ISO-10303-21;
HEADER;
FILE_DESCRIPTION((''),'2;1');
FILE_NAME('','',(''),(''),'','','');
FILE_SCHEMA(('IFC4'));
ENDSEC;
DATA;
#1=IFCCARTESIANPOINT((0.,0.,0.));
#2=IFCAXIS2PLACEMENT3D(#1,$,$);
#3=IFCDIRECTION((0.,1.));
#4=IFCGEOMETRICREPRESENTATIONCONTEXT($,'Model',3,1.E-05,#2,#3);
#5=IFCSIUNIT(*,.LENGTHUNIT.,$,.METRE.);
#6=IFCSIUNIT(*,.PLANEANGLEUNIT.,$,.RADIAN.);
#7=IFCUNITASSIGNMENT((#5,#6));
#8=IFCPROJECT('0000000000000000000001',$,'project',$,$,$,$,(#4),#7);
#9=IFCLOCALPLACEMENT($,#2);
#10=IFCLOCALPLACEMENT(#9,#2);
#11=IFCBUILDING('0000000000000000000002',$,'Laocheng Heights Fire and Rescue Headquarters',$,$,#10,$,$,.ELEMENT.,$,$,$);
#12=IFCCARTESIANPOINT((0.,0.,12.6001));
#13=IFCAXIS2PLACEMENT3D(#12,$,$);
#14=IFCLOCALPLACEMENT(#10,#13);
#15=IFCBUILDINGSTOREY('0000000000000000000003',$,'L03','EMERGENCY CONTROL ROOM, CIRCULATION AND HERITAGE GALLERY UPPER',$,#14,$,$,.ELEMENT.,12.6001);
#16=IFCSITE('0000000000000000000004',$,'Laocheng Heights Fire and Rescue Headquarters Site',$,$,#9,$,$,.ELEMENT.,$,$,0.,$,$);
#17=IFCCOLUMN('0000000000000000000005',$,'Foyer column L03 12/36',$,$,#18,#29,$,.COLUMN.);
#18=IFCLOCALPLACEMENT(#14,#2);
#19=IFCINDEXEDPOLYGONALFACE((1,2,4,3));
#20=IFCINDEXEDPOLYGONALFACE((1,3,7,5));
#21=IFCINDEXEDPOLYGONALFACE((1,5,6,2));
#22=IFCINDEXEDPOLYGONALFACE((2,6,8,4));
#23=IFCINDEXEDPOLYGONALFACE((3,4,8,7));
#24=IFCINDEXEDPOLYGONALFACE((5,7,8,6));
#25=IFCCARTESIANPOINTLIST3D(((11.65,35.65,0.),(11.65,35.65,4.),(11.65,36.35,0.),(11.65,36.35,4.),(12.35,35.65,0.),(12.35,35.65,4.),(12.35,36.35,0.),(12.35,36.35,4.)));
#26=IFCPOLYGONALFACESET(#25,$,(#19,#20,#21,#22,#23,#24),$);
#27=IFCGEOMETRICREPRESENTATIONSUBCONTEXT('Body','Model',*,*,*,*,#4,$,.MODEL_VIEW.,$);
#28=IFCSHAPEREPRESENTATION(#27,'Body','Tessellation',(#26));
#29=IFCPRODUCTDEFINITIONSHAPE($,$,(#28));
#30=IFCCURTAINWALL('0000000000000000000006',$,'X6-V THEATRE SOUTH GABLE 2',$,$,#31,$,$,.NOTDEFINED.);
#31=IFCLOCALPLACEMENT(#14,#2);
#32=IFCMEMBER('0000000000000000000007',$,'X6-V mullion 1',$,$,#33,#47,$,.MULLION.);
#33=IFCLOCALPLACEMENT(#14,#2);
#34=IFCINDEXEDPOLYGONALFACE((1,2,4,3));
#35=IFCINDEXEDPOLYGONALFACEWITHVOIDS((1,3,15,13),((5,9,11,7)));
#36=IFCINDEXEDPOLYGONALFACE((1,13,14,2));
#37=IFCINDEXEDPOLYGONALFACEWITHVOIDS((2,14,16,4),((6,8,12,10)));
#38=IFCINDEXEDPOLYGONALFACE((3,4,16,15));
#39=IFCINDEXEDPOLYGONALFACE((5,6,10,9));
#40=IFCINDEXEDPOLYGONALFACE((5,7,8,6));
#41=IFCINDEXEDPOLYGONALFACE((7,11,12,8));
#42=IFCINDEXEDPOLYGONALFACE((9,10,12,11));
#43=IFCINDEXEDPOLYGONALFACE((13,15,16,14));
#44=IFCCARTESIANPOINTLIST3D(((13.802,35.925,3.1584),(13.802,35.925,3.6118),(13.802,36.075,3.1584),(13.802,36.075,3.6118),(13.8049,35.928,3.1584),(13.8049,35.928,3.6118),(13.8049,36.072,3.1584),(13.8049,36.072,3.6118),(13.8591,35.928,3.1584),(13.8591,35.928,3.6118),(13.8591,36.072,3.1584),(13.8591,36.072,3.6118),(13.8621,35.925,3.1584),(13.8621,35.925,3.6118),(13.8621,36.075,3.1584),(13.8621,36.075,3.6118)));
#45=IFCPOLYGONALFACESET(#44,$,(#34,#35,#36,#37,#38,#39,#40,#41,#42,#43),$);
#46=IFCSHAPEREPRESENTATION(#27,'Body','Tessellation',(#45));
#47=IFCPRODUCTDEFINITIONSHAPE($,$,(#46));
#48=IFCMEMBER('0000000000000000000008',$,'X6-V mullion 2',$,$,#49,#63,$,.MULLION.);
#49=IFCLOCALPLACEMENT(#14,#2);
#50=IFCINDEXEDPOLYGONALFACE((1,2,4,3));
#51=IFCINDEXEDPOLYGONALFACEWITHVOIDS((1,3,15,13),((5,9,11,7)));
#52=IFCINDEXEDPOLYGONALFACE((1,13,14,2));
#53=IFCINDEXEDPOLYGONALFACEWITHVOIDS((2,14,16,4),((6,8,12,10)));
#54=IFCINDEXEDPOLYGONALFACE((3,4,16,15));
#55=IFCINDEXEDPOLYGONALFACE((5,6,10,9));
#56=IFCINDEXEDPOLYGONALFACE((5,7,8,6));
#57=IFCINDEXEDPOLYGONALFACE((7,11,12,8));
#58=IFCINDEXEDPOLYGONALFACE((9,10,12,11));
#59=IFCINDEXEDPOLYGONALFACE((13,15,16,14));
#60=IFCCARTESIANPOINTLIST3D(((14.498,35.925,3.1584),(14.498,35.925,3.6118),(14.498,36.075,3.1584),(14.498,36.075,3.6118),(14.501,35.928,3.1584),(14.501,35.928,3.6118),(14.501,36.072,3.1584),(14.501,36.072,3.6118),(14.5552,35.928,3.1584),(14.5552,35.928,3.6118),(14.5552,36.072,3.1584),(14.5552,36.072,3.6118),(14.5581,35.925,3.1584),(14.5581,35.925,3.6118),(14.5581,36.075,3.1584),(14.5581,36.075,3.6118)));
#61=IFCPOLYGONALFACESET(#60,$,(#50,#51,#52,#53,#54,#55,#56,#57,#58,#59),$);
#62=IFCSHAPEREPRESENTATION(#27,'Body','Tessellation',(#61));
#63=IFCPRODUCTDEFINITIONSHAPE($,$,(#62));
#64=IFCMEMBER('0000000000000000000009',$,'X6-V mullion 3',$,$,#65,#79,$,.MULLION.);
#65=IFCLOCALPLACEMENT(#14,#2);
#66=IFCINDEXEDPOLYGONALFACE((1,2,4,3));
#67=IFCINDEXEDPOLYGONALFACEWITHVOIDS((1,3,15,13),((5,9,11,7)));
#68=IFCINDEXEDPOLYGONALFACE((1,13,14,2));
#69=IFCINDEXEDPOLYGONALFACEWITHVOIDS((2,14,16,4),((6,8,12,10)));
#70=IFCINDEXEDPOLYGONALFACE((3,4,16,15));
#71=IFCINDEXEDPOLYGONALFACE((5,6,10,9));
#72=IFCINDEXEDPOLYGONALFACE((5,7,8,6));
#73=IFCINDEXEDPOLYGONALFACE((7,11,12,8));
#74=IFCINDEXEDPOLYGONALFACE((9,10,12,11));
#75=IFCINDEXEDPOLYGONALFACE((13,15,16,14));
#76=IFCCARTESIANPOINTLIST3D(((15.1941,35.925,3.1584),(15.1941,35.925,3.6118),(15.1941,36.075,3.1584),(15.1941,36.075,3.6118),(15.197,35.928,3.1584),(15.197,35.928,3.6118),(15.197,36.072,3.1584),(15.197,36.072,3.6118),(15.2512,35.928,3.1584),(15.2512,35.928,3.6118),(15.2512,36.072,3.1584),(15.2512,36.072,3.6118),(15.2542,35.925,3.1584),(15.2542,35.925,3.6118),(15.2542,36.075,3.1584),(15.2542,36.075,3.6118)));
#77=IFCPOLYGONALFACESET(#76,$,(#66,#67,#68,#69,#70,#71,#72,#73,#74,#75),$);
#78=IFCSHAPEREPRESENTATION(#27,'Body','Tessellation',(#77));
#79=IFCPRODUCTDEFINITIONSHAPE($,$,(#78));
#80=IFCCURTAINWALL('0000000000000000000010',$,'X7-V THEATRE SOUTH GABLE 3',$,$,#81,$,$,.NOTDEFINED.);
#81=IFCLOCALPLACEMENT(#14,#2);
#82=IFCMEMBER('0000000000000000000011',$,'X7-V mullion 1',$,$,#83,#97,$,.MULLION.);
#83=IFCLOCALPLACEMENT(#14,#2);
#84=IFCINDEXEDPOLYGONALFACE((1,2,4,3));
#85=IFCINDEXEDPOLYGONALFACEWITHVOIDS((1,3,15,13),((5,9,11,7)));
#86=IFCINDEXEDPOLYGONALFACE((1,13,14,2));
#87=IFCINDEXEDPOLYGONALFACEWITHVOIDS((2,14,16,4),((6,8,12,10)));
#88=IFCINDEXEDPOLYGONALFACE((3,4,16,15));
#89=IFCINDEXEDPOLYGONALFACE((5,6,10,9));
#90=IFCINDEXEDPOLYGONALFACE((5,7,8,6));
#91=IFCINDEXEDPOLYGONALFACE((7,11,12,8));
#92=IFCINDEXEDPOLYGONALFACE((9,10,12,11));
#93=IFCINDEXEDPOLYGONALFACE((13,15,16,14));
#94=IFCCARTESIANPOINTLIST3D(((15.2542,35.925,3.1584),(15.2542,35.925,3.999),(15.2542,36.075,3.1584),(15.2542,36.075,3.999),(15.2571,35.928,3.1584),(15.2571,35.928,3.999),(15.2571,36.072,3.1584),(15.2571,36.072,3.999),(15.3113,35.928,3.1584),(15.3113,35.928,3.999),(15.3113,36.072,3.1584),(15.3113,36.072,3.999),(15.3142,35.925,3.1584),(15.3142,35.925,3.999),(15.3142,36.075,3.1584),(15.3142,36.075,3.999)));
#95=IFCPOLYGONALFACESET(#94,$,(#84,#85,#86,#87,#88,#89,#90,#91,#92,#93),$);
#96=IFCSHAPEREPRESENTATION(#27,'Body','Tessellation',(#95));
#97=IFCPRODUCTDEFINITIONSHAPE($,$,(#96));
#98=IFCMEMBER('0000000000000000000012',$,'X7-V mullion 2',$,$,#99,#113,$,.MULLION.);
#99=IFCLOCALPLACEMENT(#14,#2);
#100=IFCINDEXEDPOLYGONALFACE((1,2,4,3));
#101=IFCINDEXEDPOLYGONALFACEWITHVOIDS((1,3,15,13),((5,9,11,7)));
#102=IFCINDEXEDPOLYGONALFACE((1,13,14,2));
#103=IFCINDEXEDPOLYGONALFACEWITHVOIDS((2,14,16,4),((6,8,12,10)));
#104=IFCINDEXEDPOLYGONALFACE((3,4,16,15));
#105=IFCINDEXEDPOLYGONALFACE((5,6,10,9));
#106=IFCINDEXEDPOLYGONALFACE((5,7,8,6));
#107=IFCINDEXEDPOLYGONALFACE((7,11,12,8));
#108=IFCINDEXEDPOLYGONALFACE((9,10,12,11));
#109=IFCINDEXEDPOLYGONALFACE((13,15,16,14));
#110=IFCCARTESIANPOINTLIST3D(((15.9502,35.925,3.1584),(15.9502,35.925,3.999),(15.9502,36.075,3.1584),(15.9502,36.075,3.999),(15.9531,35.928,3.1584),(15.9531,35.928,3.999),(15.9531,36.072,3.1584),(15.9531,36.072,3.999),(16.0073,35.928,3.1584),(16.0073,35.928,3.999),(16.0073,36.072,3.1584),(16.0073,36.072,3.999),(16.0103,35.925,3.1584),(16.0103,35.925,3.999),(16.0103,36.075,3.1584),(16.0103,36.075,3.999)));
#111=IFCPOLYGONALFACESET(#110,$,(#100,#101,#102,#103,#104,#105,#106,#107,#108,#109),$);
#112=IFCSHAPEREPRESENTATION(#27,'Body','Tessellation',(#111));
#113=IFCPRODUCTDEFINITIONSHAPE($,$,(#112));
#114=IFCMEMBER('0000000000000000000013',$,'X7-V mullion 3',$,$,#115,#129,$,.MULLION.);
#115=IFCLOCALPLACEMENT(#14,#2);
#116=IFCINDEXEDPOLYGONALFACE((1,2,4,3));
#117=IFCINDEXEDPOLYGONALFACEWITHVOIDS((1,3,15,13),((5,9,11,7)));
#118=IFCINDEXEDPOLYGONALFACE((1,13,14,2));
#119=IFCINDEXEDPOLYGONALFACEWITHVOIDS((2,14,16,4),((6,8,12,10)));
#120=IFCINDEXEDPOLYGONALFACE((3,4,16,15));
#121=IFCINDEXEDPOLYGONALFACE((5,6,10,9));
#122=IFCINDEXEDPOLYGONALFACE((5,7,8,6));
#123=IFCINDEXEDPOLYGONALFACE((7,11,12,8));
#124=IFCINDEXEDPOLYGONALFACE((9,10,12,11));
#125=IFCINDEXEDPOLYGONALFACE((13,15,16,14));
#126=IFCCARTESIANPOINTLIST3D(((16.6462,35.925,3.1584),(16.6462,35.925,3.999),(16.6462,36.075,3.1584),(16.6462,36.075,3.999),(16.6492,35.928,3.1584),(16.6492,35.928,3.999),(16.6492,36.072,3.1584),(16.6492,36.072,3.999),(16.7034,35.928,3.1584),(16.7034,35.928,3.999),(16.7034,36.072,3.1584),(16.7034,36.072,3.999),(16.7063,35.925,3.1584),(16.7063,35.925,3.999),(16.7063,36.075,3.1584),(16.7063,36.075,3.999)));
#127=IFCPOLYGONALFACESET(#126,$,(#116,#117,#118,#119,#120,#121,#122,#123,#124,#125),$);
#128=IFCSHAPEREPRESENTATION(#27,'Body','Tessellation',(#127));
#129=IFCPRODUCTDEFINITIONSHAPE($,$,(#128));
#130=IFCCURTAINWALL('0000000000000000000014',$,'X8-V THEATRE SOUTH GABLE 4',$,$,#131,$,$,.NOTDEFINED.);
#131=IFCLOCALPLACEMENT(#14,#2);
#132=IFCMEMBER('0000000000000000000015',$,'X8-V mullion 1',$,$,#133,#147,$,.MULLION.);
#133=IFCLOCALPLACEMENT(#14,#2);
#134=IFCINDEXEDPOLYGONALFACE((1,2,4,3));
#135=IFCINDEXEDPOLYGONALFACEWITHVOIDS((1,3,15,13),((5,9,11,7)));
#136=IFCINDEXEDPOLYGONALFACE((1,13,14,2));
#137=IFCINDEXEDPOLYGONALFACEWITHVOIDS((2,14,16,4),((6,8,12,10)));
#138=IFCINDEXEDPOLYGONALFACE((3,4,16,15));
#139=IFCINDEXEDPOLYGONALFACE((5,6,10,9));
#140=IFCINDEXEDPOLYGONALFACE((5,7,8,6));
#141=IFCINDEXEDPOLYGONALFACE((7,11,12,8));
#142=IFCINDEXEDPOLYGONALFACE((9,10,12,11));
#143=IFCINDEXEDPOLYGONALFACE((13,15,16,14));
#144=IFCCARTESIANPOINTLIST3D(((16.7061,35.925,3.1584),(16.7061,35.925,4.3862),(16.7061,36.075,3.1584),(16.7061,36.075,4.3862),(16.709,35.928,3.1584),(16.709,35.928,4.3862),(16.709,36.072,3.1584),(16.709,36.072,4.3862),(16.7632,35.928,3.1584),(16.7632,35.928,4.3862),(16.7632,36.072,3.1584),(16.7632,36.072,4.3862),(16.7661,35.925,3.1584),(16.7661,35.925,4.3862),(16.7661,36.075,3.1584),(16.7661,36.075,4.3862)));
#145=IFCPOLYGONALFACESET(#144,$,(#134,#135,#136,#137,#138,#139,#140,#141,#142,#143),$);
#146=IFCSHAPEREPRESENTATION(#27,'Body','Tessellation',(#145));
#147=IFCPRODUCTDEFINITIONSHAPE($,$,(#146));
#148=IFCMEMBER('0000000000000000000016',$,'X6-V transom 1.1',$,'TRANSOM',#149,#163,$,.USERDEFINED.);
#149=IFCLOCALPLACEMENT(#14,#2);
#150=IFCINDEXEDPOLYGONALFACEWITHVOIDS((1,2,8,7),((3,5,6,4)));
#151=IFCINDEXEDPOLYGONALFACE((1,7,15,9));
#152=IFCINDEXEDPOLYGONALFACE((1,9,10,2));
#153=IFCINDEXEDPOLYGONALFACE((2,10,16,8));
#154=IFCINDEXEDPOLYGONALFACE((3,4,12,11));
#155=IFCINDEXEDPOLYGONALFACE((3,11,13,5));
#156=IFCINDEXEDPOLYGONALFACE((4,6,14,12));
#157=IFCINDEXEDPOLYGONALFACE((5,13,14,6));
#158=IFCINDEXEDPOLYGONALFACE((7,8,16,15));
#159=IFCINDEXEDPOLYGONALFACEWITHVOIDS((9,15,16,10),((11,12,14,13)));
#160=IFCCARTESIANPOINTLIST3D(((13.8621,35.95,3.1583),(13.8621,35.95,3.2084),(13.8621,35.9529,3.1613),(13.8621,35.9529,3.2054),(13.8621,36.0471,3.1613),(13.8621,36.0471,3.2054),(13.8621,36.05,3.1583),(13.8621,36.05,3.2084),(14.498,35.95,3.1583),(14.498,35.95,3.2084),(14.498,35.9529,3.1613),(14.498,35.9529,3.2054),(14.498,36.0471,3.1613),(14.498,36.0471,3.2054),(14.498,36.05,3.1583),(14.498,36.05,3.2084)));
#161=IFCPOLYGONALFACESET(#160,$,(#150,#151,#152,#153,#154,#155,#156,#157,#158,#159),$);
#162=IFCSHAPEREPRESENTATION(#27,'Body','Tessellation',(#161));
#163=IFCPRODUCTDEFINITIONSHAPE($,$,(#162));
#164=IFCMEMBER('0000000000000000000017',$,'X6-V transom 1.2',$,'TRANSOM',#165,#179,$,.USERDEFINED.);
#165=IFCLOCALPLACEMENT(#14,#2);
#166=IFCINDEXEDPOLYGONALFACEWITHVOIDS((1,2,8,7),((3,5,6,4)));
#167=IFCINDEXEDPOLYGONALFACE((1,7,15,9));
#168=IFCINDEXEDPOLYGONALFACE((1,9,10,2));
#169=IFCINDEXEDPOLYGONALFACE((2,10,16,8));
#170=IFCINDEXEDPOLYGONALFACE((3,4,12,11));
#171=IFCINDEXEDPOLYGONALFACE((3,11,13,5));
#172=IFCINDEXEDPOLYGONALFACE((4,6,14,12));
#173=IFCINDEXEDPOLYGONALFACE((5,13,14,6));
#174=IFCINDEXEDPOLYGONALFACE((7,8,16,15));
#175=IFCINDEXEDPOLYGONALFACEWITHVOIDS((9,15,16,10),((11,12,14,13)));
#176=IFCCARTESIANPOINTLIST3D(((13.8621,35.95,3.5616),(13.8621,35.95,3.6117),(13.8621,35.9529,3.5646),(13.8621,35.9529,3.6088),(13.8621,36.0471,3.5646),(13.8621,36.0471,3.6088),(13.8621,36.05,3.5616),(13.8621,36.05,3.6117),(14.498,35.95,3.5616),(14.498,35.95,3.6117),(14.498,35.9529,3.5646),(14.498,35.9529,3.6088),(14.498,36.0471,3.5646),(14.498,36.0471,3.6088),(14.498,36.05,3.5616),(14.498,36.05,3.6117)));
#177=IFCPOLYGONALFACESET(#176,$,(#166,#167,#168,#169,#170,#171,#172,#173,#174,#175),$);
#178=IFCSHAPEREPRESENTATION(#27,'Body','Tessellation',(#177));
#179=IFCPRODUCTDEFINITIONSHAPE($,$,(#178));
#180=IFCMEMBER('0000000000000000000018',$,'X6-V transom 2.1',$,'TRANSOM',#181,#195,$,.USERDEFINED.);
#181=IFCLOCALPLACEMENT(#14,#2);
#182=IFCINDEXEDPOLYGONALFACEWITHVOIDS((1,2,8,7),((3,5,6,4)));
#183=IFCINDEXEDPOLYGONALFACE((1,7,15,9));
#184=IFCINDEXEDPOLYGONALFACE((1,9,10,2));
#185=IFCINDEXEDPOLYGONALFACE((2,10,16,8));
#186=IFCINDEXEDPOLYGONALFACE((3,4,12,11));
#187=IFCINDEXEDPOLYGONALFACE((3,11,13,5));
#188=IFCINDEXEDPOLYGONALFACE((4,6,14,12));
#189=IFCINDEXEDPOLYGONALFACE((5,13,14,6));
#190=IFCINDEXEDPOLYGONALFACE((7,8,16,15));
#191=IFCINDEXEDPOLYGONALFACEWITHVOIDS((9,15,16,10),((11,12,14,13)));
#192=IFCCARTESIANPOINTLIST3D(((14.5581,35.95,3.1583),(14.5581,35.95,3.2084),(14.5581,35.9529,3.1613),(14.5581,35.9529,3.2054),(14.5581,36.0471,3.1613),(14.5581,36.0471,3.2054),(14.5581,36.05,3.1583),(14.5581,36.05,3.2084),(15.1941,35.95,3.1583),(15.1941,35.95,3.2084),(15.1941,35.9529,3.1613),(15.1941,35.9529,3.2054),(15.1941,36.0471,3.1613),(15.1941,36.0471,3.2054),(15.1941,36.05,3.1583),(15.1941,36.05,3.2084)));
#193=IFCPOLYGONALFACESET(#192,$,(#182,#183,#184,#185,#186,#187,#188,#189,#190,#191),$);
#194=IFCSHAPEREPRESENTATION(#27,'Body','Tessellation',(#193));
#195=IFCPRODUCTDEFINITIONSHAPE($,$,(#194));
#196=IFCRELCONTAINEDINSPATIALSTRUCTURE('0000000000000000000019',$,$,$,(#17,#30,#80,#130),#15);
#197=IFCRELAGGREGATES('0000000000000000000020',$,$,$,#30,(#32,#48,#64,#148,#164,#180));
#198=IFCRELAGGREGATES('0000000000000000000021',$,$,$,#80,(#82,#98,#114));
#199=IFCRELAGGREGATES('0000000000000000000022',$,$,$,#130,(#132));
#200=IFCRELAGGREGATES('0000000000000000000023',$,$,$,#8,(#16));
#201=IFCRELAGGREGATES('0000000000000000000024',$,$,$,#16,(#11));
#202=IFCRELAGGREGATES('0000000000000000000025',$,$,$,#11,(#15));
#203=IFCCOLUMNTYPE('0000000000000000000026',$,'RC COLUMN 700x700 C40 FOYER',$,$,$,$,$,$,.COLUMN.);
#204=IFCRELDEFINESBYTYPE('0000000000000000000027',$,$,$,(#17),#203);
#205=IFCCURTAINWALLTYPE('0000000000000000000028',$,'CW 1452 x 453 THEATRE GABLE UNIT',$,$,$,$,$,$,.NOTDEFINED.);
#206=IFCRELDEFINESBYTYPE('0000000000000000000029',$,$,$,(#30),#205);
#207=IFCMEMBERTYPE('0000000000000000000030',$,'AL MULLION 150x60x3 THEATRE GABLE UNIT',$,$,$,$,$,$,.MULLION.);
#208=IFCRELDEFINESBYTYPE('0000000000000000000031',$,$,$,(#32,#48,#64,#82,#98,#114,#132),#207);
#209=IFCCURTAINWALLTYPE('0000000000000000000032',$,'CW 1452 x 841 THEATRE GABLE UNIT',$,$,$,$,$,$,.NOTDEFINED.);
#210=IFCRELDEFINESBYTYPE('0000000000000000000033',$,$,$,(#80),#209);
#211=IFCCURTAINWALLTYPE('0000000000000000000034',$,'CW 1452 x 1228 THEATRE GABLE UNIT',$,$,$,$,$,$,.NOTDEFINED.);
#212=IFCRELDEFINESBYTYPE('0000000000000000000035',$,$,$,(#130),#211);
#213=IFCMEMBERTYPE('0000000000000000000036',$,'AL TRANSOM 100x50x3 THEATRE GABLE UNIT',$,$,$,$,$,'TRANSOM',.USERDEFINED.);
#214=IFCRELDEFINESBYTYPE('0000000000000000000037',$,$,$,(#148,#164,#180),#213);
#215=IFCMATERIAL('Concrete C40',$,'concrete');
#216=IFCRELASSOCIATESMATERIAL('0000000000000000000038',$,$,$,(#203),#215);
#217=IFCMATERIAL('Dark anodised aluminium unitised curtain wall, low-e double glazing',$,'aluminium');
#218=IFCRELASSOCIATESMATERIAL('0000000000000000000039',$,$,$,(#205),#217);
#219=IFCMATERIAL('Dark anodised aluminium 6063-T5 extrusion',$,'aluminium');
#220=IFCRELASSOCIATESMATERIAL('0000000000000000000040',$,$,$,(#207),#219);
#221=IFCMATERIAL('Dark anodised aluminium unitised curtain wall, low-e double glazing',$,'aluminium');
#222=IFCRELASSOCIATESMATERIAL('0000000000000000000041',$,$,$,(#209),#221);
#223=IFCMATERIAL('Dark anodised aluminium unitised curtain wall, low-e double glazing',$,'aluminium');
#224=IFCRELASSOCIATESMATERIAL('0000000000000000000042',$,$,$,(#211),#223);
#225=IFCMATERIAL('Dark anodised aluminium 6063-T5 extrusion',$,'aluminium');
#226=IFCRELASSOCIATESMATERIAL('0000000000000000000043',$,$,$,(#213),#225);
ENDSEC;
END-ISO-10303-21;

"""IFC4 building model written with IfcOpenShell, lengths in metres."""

from ifc_helpers import new_model, si_unit, direction, frame, origin, origin_2d, place, context, subcontext, project, spatial, rectangle, hollow_rectangle, extrude, material, material_profile, profile_set, type_object, element, aggregate, save


model = new_model("IFC4")

# Units and contexts
model_context = context("Model", 3, precision=1e-05, world=origin(), true_north=direction((0.0, 1.0)))
body_context = subcontext(model_context, "Body", "Model", "MODEL_VIEW")
ifc_project = project(units=[si_unit("LENGTHUNIT", "METRE"), si_unit("PLANEANGLEUNIT", "RADIAN")], contexts=[model_context])

# Site, building, storey
site_placement = place(None, origin())
site = spatial("IfcSite", under=ifc_project, at=site_placement, Name="Laocheng Heights Fire and Rescue Headquarters Site", CompositionType="ELEMENT", RefElevation=0.0)
building_placement = place(site_placement, origin())
building = spatial("IfcBuilding", under=site, at=building_placement, Name="Laocheng Heights Fire and Rescue Headquarters", CompositionType="ELEMENT")
storey_placement = place(building_placement, frame((0.0, 0.0, 12.6001)))
storey = spatial("IfcBuildingStorey", under=building, at=storey_placement, Name="L03", Description="EMERGENCY CONTROL ROOM, CIRCULATION AND HERITAGE GALLERY UPPER", CompositionType="ELEMENT", Elevation=12.6001)

# Column
ifc_material_1 = material(Name="Concrete C40", Category="concrete")
ifc_material_profile_1 = material_profile(ifc_material_1, rectangle(XDim=0.7, YDim=0.7, at=origin_2d()), Name="RC COLUMN 700x700 C40 FOYER")
ifc_profile_set_1 = profile_set([ifc_material_profile_1], Name="Concrete C40")
column_type = type_object("IfcColumnType", Name="RC COLUMN 700x700 C40 FOYER", PredefinedType="COLUMN", material=ifc_profile_set_1)
column_placement = place(storey_placement, frame((12.0, 36.0, 0.0), z_axis=(0.0, 0.0, 1.0), x_axis=(1.0, 0.0, 0.0)))
element("IfcColumn", 1, at=column_placement, inside=storey, type_object=column_type, Name="Foyer column L03 12/36", PredefinedType="COLUMN", context=body_context, shape_type="SweptSolid", body=[
    extrude(rectangle(XDim=0.7, YDim=0.7, at=origin_2d()), origin(), (0.0, 0.0, 1.0), 4.0),
])

# Curtain walls, members
ifc_material_2 = material(Name="Dark anodised aluminium unitised curtain wall, low-e double glazing", Category="aluminium")
curtain_wall_type_1 = type_object("IfcCurtainWallType", Name="CW 1452 x 453 THEATRE GABLE UNIT", PredefinedType="NOTDEFINED", material=ifc_material_2)
curtain_wall_1_placement = place(storey_placement, origin())
curtain_wall_1 = element("IfcCurtainWall", 2, at=curtain_wall_1_placement, inside=storey, type_object=curtain_wall_type_1, Name="X6-V THEATRE SOUTH GABLE 2", PredefinedType="NOTDEFINED")
ifc_material_3 = material(Name="Dark anodised aluminium 6063-T5 extrusion", Category="aluminium")
ifc_material_profile_2 = material_profile(ifc_material_3, hollow_rectangle(XDim=0.1499, YDim=0.0601, WallThickness=0.0029, at=origin_2d()), Name="AL MULLION 150x60x3 THEATRE GABLE UNIT")
ifc_profile_set_2 = profile_set([ifc_material_profile_2], Name="Dark anodised aluminium 6063-T5 extrusion")
member_type_1 = type_object("IfcMemberType", Name="AL MULLION 150x60x3 THEATRE GABLE UNIT", PredefinedType="MULLION", material=ifc_profile_set_2)
member_1_placement = place(storey_placement, frame((13.832, 36.0, 3.1584), z_axis=(0.0, 0.0, 1.0), x_axis=(0.0, 1.0, 0.0)))
member_1 = element("IfcMember", 3, at=member_1_placement, type_object=member_type_1, Name="X6-V mullion 1", PredefinedType="MULLION", context=body_context, shape_type="SweptSolid", body=[
    extrude(hollow_rectangle(XDim=0.1499, YDim=0.0601, WallThickness=0.0029, at=origin_2d()), origin(), (0.0, 0.0, 1.0), 0.4534),
])
member_2_placement = place(storey_placement, frame((14.5281, 36.0, 3.1584), z_axis=(0.0, 0.0, 1.0), x_axis=(0.0, 1.0, 0.0)))
member_2 = element("IfcMember", 4, at=member_2_placement, type_object=member_type_1, Name="X6-V mullion 2", PredefinedType="MULLION", context=body_context, shape_type="SweptSolid", body=[
    extrude(hollow_rectangle(XDim=0.1499, YDim=0.0601, WallThickness=0.0029, at=origin_2d()), origin(), (0.0, 0.0, 1.0), 0.4534),
])
member_3_placement = place(storey_placement, frame((15.2241, 36.0, 3.1584), z_axis=(0.0, 0.0, 1.0), x_axis=(0.0, 1.0, 0.0)))
member_3 = element("IfcMember", 5, at=member_3_placement, type_object=member_type_1, Name="X6-V mullion 3", PredefinedType="MULLION", context=body_context, shape_type="SweptSolid", body=[
    extrude(hollow_rectangle(XDim=0.1499, YDim=0.0601, WallThickness=0.0029, at=origin_2d()), origin(), (0.0, 0.0, 1.0), 0.4534),
])
ifc_material_4 = material(Name="Dark anodised aluminium unitised curtain wall, low-e double glazing", Category="aluminium")
curtain_wall_type_2 = type_object("IfcCurtainWallType", Name="CW 1452 x 841 THEATRE GABLE UNIT", PredefinedType="NOTDEFINED", material=ifc_material_4)
curtain_wall_2_placement = place(storey_placement, origin())
curtain_wall_2 = element("IfcCurtainWall", 6, at=curtain_wall_2_placement, inside=storey, type_object=curtain_wall_type_2, Name="X7-V THEATRE SOUTH GABLE 3", PredefinedType="NOTDEFINED")
member_4_placement = place(storey_placement, frame((15.2842, 36.0, 3.1584), z_axis=(0.0, 0.0, 1.0), x_axis=(0.0, 1.0, 0.0)))
member_4 = element("IfcMember", 7, at=member_4_placement, type_object=member_type_1, Name="X7-V mullion 1", PredefinedType="MULLION", context=body_context, shape_type="SweptSolid", body=[
    extrude(hollow_rectangle(XDim=0.1499, YDim=0.0601, WallThickness=0.0029, at=origin_2d()), origin(), (0.0, 0.0, 1.0), 0.8406),
])
member_5_placement = place(storey_placement, frame((15.9802, 36.0, 3.1584), z_axis=(0.0, 0.0, 1.0), x_axis=(0.0, 1.0, 0.0)))
member_5 = element("IfcMember", 8, at=member_5_placement, type_object=member_type_1, Name="X7-V mullion 2", PredefinedType="MULLION", context=body_context, shape_type="SweptSolid", body=[
    extrude(hollow_rectangle(XDim=0.1499, YDim=0.0601, WallThickness=0.0029, at=origin_2d()), origin(), (0.0, 0.0, 1.0), 0.8406),
])
member_6_placement = place(storey_placement, frame((16.6763, 36.0, 3.1584), z_axis=(0.0, 0.0, 1.0), x_axis=(0.0, 1.0, 0.0)))
member_6 = element("IfcMember", 9, at=member_6_placement, type_object=member_type_1, Name="X7-V mullion 3", PredefinedType="MULLION", context=body_context, shape_type="SweptSolid", body=[
    extrude(hollow_rectangle(XDim=0.1499, YDim=0.0601, WallThickness=0.0029, at=origin_2d()), origin(), (0.0, 0.0, 1.0), 0.8406),
])

# Curtain wall, member
ifc_material_5 = material(Name="Dark anodised aluminium unitised curtain wall, low-e double glazing", Category="aluminium")
curtain_wall_type_3 = type_object("IfcCurtainWallType", Name="CW 1452 x 1228 THEATRE GABLE UNIT", PredefinedType="NOTDEFINED", material=ifc_material_5)
curtain_wall_3_placement = place(storey_placement, origin())
curtain_wall_3 = element("IfcCurtainWall", 10, at=curtain_wall_3_placement, inside=storey, type_object=curtain_wall_type_3, Name="X8-V THEATRE SOUTH GABLE 4", PredefinedType="NOTDEFINED")
member_7_placement = place(storey_placement, frame((16.7361, 36.0, 3.1584), z_axis=(0.0, 0.0, 1.0), x_axis=(0.0, 1.0, 0.0)))
member_7 = element("IfcMember", 11, at=member_7_placement, type_object=member_type_1, Name="X8-V mullion 1", PredefinedType="MULLION", context=body_context, shape_type="SweptSolid", body=[
    extrude(hollow_rectangle(XDim=0.1499, YDim=0.0601, WallThickness=0.0029, at=origin_2d()), origin(), (0.0, 0.0, 1.0), 1.2278),
])

# Members
ifc_material_6 = material(Name="Dark anodised aluminium 6063-T5 extrusion", Category="aluminium")
ifc_material_profile_3 = material_profile(ifc_material_6, hollow_rectangle(XDim=0.1001, YDim=0.05, WallThickness=0.0029, at=origin_2d()), Name="AL TRANSOM 100x50x3 THEATRE GABLE UNIT")
ifc_profile_set_3 = profile_set([ifc_material_profile_3], Name="Dark anodised aluminium 6063-T5 extrusion")
member_type_2 = type_object("IfcMemberType", Name="AL TRANSOM 100x50x3 THEATRE GABLE UNIT", ElementType="TRANSOM", PredefinedType="USERDEFINED", material=ifc_profile_set_3)
member_8_placement = place(storey_placement, frame((13.8621, 36.0, 3.1833), z_axis=(1.0, 0.0, 0.0), x_axis=(0.0, 1.0, 0.0)))
member_8 = element("IfcMember", 12, at=member_8_placement, type_object=member_type_2, Name="X6-V transom 1.1", ObjectType="TRANSOM", PredefinedType="USERDEFINED", context=body_context, shape_type="SweptSolid", body=[
    extrude(hollow_rectangle(XDim=0.1001, YDim=0.05, WallThickness=0.0029, at=origin_2d()), origin(), (0.0, 0.0, 1.0), 0.636),
])
member_9_placement = place(storey_placement, frame((13.8621, 36.0, 3.5867), z_axis=(1.0, 0.0, 0.0), x_axis=(0.0, 1.0, 0.0)))
member_9 = element("IfcMember", 13, at=member_9_placement, type_object=member_type_2, Name="X6-V transom 1.2", ObjectType="TRANSOM", PredefinedType="USERDEFINED", context=body_context, shape_type="SweptSolid", body=[
    extrude(hollow_rectangle(XDim=0.1001, YDim=0.05, WallThickness=0.0029, at=origin_2d()), origin(), (0.0, 0.0, 1.0), 0.636),
])
member_10_placement = place(storey_placement, frame((14.5581, 36.0, 3.1833), z_axis=(1.0, 0.0, 0.0), x_axis=(0.0, 1.0, 0.0)))
member_10 = element("IfcMember", 14, at=member_10_placement, type_object=member_type_2, Name="X6-V transom 2.1", ObjectType="TRANSOM", PredefinedType="USERDEFINED", context=body_context, shape_type="SweptSolid", body=[
    extrude(hollow_rectangle(XDim=0.1001, YDim=0.05, WallThickness=0.0029, at=origin_2d()), origin(), (0.0, 0.0, 1.0), 0.636),
])

aggregate(curtain_wall_1, [member_1, member_2, member_3, member_8, member_9, member_10])
aggregate(curtain_wall_2, [member_4, member_5, member_6])
aggregate(curtain_wall_3, [member_7])

save(model, "model.ifc")
